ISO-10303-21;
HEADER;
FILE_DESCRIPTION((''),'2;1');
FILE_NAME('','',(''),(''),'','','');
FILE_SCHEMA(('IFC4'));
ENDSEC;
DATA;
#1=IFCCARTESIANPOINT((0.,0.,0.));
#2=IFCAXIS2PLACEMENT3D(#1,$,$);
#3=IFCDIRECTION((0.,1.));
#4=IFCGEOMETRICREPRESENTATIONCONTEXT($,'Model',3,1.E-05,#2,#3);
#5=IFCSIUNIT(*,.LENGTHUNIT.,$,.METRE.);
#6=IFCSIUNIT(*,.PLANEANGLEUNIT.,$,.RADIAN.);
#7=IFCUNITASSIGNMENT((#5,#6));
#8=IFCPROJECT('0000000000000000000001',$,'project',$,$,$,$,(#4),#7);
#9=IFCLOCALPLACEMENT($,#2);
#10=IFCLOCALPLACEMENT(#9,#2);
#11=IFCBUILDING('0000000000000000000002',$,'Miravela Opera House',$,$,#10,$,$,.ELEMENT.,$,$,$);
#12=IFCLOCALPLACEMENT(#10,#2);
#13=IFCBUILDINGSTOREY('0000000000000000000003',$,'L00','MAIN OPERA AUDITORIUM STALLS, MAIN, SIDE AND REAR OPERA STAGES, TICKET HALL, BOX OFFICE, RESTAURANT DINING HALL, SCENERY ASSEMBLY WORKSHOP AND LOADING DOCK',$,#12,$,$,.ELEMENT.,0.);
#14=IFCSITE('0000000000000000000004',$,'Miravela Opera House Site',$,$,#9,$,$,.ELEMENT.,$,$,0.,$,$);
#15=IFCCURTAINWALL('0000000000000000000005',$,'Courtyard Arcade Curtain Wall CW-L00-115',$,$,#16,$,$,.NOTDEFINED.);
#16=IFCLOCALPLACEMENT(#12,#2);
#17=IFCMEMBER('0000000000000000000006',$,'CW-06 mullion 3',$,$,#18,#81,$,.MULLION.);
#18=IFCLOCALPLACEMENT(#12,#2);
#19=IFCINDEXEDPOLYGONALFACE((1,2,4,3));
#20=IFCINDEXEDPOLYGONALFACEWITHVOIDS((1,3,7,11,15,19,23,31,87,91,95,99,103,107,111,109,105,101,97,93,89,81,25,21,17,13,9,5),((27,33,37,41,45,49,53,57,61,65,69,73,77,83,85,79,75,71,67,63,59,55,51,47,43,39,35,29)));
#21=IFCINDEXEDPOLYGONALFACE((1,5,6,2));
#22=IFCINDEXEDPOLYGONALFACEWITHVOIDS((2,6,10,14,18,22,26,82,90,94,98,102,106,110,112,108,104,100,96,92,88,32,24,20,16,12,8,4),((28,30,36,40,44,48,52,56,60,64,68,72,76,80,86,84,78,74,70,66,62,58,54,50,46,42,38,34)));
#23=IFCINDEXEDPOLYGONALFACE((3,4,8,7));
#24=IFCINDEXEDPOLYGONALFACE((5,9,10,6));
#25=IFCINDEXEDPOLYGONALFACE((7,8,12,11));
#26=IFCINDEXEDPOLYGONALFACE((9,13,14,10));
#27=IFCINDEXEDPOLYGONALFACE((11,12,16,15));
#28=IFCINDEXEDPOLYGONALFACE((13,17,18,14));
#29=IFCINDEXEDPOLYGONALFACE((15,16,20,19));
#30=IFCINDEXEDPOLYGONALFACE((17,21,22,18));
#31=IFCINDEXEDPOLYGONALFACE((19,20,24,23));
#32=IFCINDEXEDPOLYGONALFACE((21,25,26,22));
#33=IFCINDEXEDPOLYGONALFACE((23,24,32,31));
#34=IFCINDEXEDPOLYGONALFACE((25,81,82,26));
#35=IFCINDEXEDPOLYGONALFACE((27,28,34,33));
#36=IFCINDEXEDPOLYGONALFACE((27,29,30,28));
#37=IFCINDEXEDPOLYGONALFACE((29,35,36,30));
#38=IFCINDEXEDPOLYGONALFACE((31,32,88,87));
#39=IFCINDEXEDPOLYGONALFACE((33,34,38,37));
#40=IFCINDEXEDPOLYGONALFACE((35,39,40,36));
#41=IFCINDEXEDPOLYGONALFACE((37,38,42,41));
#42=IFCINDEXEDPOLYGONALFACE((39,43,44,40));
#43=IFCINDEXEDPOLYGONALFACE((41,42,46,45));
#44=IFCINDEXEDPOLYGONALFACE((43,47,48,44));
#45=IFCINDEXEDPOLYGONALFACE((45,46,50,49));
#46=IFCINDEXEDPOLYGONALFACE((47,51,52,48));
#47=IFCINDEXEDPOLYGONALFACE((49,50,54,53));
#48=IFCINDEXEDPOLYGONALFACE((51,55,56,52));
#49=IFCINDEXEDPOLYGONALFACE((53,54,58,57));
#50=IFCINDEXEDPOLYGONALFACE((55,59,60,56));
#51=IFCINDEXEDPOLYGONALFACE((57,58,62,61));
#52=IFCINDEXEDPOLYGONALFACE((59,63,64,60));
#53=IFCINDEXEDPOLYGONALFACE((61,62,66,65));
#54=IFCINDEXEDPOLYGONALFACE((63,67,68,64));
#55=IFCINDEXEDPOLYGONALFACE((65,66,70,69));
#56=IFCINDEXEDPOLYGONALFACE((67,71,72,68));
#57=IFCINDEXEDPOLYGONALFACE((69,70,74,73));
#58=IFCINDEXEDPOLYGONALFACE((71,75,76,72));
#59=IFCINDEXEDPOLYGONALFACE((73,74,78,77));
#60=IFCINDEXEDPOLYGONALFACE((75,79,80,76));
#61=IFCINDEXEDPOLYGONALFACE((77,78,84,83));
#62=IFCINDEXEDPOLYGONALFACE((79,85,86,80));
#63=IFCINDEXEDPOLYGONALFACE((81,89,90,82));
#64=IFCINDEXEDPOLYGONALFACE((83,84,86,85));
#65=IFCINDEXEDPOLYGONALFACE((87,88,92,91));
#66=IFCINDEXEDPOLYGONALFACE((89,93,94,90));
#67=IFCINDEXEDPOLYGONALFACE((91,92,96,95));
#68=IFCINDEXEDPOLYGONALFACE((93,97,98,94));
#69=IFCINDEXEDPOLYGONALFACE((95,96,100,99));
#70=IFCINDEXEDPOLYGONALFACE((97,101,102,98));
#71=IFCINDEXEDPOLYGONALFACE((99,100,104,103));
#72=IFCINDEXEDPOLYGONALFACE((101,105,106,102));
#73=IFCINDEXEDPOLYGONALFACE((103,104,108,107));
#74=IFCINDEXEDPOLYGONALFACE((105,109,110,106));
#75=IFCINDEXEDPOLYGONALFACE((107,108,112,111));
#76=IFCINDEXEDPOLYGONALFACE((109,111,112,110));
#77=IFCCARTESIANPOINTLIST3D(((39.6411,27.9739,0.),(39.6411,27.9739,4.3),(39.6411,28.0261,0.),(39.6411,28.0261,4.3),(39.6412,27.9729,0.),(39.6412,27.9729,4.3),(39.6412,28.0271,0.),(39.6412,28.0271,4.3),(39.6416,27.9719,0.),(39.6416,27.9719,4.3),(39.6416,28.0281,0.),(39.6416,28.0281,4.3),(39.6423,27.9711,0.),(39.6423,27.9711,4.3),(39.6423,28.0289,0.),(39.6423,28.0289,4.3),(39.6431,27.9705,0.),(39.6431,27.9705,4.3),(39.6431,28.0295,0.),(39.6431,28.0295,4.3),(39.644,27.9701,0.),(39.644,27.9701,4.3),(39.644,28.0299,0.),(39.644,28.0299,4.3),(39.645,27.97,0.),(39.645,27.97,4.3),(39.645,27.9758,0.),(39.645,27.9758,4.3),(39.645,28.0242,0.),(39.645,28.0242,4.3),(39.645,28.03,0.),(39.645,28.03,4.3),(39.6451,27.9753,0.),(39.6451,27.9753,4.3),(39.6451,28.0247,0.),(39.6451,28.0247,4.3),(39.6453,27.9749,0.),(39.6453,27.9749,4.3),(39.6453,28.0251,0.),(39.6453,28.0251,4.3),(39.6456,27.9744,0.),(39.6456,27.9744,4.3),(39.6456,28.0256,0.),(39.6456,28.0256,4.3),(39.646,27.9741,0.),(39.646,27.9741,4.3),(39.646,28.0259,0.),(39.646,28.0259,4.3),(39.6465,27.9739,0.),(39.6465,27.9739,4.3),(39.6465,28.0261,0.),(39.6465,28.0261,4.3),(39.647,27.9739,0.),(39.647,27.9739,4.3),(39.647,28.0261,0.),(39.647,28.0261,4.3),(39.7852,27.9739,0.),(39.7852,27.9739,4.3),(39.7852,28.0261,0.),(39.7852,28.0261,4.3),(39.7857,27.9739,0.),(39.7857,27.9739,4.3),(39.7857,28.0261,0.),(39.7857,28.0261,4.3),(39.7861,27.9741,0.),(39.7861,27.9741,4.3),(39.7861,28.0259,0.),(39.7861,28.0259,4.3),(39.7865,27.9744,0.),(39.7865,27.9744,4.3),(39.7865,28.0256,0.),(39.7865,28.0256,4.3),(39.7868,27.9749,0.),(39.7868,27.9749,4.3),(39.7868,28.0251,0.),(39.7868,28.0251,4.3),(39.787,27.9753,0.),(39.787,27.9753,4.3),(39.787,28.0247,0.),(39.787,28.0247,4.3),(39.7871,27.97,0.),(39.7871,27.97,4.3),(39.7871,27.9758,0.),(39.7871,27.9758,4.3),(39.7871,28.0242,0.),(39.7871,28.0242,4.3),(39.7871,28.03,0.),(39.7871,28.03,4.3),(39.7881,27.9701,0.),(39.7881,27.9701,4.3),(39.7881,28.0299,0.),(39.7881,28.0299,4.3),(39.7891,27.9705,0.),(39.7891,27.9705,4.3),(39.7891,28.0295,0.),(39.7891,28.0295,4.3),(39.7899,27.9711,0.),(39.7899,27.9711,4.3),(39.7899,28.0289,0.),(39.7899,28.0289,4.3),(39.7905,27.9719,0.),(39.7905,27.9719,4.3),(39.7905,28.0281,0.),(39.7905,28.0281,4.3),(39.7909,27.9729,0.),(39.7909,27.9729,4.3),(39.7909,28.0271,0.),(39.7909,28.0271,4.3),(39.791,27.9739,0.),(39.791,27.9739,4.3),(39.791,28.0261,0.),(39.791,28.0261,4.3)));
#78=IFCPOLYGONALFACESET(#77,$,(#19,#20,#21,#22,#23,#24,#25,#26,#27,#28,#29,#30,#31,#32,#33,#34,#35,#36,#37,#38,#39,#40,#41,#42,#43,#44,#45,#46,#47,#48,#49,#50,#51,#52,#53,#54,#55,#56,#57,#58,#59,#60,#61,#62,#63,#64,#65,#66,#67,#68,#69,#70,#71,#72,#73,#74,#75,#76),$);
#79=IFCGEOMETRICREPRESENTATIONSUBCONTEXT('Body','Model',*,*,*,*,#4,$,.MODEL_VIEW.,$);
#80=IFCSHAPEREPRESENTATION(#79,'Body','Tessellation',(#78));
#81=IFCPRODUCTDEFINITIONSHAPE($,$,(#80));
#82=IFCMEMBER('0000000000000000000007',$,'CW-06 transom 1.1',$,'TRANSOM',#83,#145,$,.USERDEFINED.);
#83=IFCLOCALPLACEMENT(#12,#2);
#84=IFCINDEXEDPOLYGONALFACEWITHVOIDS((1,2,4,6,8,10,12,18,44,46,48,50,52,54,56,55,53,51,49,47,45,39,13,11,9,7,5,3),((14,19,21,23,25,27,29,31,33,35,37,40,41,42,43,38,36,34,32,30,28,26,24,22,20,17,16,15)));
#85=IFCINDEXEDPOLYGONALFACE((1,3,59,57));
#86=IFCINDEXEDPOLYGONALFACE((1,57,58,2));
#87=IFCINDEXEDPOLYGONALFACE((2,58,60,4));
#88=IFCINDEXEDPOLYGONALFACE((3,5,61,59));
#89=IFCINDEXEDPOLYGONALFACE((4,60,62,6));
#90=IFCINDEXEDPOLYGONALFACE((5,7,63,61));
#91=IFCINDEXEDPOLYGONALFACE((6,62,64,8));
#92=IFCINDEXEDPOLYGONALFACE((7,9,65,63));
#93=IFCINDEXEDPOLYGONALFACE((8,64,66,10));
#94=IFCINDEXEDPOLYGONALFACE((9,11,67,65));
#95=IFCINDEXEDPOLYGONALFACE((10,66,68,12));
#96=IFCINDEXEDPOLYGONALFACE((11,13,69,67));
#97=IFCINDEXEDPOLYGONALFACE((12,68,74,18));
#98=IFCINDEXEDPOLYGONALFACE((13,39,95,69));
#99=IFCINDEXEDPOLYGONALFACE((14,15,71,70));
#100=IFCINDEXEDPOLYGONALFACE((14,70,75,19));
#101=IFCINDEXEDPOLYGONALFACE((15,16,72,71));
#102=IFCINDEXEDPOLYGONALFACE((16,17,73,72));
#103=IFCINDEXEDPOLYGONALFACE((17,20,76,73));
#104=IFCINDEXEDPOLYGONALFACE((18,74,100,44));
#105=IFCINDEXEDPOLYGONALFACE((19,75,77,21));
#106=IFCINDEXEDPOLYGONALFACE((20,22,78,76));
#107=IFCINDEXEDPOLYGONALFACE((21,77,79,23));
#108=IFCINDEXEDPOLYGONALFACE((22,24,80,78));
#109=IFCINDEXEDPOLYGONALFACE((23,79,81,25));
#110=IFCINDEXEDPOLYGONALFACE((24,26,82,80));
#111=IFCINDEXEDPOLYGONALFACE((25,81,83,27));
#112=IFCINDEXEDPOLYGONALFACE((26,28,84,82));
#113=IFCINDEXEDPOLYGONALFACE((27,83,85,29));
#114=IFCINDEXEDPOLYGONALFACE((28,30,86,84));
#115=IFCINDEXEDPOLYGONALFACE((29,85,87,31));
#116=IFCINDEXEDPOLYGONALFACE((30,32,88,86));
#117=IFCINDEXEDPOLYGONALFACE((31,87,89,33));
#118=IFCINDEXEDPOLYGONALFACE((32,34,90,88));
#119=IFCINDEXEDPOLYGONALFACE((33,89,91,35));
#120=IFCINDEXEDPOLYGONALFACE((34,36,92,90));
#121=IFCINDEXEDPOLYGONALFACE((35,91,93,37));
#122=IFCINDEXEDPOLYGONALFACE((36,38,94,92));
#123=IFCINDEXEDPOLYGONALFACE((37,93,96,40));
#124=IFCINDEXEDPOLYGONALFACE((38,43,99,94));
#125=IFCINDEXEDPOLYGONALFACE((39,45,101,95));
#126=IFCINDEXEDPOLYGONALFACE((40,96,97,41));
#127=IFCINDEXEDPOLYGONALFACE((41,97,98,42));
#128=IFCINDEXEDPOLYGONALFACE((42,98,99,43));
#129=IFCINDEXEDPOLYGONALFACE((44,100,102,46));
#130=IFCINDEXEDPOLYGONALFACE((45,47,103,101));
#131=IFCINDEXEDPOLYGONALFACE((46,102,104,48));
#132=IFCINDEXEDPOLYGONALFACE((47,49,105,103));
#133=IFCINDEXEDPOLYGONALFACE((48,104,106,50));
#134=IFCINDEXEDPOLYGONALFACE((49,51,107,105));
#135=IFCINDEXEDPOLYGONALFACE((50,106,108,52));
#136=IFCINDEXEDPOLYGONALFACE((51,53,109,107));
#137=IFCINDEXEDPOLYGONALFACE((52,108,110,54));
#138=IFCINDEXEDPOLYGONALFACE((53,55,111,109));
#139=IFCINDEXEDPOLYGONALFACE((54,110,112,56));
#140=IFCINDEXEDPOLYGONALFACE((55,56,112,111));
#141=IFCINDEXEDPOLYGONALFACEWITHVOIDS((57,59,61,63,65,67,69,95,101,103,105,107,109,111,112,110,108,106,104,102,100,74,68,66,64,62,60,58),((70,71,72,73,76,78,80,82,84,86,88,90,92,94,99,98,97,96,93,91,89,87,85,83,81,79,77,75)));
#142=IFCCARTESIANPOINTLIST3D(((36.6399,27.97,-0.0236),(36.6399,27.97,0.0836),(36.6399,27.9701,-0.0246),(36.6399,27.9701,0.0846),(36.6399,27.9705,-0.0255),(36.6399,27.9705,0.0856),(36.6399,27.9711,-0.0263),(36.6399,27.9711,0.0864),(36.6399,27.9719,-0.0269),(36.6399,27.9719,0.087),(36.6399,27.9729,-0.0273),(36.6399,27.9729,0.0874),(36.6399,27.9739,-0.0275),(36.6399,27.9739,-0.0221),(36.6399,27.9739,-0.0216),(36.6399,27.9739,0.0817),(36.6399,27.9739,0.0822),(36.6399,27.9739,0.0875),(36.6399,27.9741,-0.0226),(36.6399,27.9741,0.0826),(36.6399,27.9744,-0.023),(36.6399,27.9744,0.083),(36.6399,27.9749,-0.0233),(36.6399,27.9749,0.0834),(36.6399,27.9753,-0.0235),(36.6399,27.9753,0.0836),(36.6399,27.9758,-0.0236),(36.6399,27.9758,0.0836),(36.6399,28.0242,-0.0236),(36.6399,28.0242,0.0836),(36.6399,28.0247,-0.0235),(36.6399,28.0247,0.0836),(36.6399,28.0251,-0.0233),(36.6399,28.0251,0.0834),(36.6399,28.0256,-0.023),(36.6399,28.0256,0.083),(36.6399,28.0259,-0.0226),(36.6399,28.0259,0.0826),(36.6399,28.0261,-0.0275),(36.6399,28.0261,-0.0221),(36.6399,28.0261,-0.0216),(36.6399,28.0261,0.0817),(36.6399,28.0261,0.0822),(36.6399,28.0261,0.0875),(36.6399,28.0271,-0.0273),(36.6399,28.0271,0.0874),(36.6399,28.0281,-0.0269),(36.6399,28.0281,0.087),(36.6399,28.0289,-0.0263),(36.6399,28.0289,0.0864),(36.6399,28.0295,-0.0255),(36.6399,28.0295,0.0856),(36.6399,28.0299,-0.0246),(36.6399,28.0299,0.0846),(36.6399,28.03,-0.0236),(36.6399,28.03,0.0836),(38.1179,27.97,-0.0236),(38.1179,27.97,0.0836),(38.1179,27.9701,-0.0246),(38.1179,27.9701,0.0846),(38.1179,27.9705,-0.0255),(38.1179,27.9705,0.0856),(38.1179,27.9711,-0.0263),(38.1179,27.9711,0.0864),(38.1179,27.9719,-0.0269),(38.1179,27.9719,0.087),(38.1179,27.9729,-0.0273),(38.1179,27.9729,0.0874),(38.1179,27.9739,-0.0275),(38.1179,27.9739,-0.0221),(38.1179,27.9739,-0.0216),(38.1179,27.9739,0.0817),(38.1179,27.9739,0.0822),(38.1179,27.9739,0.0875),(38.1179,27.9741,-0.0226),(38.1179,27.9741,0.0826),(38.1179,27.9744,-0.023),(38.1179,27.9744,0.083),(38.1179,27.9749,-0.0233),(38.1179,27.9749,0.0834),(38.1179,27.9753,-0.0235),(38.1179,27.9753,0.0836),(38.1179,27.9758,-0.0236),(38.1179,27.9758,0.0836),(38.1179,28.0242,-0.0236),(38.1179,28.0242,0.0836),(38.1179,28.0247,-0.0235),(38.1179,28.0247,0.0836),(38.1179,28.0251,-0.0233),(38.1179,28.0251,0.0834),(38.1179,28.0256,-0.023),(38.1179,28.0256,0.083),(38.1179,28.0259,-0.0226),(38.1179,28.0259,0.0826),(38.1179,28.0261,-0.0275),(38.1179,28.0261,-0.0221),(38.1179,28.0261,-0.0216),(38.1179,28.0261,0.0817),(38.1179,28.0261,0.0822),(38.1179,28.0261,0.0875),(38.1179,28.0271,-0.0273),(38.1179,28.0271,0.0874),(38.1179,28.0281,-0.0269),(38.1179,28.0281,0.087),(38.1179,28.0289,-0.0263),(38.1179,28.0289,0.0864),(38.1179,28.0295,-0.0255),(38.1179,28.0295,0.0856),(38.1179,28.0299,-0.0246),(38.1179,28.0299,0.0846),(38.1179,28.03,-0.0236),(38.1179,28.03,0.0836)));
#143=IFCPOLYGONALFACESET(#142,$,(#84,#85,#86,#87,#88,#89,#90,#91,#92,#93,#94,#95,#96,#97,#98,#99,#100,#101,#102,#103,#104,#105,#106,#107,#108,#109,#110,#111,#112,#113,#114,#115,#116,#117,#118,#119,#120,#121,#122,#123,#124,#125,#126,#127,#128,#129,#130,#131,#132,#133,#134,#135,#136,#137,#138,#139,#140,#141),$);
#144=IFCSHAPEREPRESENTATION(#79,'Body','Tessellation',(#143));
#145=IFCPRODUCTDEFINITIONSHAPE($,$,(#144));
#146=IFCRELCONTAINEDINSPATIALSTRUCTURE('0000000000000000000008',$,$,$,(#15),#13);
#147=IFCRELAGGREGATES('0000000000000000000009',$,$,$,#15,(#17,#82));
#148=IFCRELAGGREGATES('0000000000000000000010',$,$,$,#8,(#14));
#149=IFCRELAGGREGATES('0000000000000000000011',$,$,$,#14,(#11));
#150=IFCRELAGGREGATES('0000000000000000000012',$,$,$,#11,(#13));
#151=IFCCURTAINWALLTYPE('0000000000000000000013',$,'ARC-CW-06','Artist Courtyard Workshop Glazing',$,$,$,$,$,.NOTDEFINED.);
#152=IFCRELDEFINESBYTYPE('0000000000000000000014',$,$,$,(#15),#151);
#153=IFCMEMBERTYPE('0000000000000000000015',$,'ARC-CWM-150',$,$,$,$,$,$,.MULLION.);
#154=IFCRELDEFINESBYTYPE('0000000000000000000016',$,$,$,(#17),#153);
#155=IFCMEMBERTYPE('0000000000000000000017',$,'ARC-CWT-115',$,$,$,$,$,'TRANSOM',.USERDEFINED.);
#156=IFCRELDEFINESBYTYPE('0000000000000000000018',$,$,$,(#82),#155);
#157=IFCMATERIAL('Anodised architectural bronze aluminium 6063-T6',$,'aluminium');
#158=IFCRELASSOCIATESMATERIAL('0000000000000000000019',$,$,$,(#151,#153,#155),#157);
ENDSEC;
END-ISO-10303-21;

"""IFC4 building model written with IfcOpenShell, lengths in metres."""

from ifc_helpers import new_model, si_unit, direction, frame, origin, origin_2d, place, context, subcontext, project, spatial, hollow_rectangle, extrude, material, material_profile, profile_set, type_object, element, aggregate, save


model = new_model("IFC4")

# Units and contexts
model_context = context("Model", 3, precision=1e-05, world=origin(), true_north=direction((0.0, 1.0)))
body_context = subcontext(model_context, "Body", "Model", "MODEL_VIEW")
ifc_project = project(units=[si_unit("LENGTHUNIT", "METRE"), si_unit("PLANEANGLEUNIT", "RADIAN")], contexts=[model_context])

# Site, building, storey
site_placement = place(None, origin())
site = spatial("IfcSite", under=ifc_project, at=site_placement, Name="Miravela Opera House Site", CompositionType="ELEMENT", RefElevation=0.0)
building_placement = place(site_placement, origin())
building = spatial("IfcBuilding", under=site, at=building_placement, Name="Miravela Opera House", CompositionType="ELEMENT")
storey_placement = place(building_placement, origin())
storey = spatial("IfcBuildingStorey", under=building, at=storey_placement, Name="L00", Description="MAIN OPERA AUDITORIUM STALLS, MAIN, SIDE AND REAR OPERA STAGES, TICKET HALL, BOX OFFICE, RESTAURANT DINING HALL, SCENERY ASSEMBLY WORKSHOP AND LOADING DOCK", CompositionType="ELEMENT", Elevation=0.0)

# Curtain wall, members
ifc_material_1 = material(Name="Anodised architectural bronze aluminium 6063-T6", Category="aluminium")
curtain_wall_type = type_object("IfcCurtainWallType", Name="ARC-CW-06", Description="Artist Courtyard Workshop Glazing", PredefinedType="NOTDEFINED", material=ifc_material_1)
curtain_wall_placement = place(storey_placement, origin())
curtain_wall = element("IfcCurtainWall", 1, at=curtain_wall_placement, inside=storey, type_object=curtain_wall_type, Name="Courtyard Arcade Curtain Wall CW-L00-115", PredefinedType="NOTDEFINED")
ifc_material_profile_1 = material_profile(ifc_material_1, hollow_rectangle(XDim=0.0601, YDim=0.1499, WallThickness=0.0039, InnerFilletRadius=0.002, OuterFilletRadius=0.0039, at=origin_2d()), Name="CWM-60X150")
ifc_profile_set_1 = profile_set([ifc_material_profile_1])
member_type_1 = type_object("IfcMemberType", Name="ARC-CWM-150", PredefinedType="MULLION", material=ifc_profile_set_1)
member_1_placement = place(storey_placement, frame((39.7161, 28.0, 0.0), z_axis=(0.0, 0.0, 1.0), x_axis=(0.0, 1.0, 0.0)))
member_1 = element("IfcMember", 2, at=member_1_placement, type_object=member_type_1, Name="CW-06 mullion 3", PredefinedType="MULLION", context=body_context, shape_type="SweptSolid", body=[
    extrude(hollow_rectangle(XDim=0.0601, YDim=0.1499, WallThickness=0.0039, InnerFilletRadius=0.002, OuterFilletRadius=0.0039, at=origin_2d()), origin(), (0.0, 0.0, 1.0), 4.3),
])
ifc_material_profile_2 = material_profile(ifc_material_1, hollow_rectangle(XDim=0.0601, YDim=0.115, WallThickness=0.0039, InnerFilletRadius=0.002, OuterFilletRadius=0.0039, at=origin_2d()), Name="CWT-60X115")
ifc_profile_set_2 = profile_set([ifc_material_profile_2])
member_type_2 = type_object("IfcMemberType", Name="ARC-CWT-115", ElementType="TRANSOM", PredefinedType="USERDEFINED", material=ifc_profile_set_2)
member_2_placement = place(storey_placement, frame((36.6399, 28.0, 0.03), z_axis=(1.0, 0.0, 0.0), x_axis=(0.0, 1.0, 0.0)))
member_2 = element("IfcMember", 3, at=member_2_placement, type_object=member_type_2, Name="CW-06 transom 1.1", ObjectType="TRANSOM", PredefinedType="USERDEFINED", context=body_context, shape_type="SweptSolid", body=[
    extrude(hollow_rectangle(XDim=0.0601, YDim=0.115, WallThickness=0.0039, InnerFilletRadius=0.002, OuterFilletRadius=0.0039, at=origin_2d()), origin(), (0.0, 0.0, 1.0), 1.478),
])

aggregate(curtain_wall, [member_1, member_2])

save(model, "model.ifc")
